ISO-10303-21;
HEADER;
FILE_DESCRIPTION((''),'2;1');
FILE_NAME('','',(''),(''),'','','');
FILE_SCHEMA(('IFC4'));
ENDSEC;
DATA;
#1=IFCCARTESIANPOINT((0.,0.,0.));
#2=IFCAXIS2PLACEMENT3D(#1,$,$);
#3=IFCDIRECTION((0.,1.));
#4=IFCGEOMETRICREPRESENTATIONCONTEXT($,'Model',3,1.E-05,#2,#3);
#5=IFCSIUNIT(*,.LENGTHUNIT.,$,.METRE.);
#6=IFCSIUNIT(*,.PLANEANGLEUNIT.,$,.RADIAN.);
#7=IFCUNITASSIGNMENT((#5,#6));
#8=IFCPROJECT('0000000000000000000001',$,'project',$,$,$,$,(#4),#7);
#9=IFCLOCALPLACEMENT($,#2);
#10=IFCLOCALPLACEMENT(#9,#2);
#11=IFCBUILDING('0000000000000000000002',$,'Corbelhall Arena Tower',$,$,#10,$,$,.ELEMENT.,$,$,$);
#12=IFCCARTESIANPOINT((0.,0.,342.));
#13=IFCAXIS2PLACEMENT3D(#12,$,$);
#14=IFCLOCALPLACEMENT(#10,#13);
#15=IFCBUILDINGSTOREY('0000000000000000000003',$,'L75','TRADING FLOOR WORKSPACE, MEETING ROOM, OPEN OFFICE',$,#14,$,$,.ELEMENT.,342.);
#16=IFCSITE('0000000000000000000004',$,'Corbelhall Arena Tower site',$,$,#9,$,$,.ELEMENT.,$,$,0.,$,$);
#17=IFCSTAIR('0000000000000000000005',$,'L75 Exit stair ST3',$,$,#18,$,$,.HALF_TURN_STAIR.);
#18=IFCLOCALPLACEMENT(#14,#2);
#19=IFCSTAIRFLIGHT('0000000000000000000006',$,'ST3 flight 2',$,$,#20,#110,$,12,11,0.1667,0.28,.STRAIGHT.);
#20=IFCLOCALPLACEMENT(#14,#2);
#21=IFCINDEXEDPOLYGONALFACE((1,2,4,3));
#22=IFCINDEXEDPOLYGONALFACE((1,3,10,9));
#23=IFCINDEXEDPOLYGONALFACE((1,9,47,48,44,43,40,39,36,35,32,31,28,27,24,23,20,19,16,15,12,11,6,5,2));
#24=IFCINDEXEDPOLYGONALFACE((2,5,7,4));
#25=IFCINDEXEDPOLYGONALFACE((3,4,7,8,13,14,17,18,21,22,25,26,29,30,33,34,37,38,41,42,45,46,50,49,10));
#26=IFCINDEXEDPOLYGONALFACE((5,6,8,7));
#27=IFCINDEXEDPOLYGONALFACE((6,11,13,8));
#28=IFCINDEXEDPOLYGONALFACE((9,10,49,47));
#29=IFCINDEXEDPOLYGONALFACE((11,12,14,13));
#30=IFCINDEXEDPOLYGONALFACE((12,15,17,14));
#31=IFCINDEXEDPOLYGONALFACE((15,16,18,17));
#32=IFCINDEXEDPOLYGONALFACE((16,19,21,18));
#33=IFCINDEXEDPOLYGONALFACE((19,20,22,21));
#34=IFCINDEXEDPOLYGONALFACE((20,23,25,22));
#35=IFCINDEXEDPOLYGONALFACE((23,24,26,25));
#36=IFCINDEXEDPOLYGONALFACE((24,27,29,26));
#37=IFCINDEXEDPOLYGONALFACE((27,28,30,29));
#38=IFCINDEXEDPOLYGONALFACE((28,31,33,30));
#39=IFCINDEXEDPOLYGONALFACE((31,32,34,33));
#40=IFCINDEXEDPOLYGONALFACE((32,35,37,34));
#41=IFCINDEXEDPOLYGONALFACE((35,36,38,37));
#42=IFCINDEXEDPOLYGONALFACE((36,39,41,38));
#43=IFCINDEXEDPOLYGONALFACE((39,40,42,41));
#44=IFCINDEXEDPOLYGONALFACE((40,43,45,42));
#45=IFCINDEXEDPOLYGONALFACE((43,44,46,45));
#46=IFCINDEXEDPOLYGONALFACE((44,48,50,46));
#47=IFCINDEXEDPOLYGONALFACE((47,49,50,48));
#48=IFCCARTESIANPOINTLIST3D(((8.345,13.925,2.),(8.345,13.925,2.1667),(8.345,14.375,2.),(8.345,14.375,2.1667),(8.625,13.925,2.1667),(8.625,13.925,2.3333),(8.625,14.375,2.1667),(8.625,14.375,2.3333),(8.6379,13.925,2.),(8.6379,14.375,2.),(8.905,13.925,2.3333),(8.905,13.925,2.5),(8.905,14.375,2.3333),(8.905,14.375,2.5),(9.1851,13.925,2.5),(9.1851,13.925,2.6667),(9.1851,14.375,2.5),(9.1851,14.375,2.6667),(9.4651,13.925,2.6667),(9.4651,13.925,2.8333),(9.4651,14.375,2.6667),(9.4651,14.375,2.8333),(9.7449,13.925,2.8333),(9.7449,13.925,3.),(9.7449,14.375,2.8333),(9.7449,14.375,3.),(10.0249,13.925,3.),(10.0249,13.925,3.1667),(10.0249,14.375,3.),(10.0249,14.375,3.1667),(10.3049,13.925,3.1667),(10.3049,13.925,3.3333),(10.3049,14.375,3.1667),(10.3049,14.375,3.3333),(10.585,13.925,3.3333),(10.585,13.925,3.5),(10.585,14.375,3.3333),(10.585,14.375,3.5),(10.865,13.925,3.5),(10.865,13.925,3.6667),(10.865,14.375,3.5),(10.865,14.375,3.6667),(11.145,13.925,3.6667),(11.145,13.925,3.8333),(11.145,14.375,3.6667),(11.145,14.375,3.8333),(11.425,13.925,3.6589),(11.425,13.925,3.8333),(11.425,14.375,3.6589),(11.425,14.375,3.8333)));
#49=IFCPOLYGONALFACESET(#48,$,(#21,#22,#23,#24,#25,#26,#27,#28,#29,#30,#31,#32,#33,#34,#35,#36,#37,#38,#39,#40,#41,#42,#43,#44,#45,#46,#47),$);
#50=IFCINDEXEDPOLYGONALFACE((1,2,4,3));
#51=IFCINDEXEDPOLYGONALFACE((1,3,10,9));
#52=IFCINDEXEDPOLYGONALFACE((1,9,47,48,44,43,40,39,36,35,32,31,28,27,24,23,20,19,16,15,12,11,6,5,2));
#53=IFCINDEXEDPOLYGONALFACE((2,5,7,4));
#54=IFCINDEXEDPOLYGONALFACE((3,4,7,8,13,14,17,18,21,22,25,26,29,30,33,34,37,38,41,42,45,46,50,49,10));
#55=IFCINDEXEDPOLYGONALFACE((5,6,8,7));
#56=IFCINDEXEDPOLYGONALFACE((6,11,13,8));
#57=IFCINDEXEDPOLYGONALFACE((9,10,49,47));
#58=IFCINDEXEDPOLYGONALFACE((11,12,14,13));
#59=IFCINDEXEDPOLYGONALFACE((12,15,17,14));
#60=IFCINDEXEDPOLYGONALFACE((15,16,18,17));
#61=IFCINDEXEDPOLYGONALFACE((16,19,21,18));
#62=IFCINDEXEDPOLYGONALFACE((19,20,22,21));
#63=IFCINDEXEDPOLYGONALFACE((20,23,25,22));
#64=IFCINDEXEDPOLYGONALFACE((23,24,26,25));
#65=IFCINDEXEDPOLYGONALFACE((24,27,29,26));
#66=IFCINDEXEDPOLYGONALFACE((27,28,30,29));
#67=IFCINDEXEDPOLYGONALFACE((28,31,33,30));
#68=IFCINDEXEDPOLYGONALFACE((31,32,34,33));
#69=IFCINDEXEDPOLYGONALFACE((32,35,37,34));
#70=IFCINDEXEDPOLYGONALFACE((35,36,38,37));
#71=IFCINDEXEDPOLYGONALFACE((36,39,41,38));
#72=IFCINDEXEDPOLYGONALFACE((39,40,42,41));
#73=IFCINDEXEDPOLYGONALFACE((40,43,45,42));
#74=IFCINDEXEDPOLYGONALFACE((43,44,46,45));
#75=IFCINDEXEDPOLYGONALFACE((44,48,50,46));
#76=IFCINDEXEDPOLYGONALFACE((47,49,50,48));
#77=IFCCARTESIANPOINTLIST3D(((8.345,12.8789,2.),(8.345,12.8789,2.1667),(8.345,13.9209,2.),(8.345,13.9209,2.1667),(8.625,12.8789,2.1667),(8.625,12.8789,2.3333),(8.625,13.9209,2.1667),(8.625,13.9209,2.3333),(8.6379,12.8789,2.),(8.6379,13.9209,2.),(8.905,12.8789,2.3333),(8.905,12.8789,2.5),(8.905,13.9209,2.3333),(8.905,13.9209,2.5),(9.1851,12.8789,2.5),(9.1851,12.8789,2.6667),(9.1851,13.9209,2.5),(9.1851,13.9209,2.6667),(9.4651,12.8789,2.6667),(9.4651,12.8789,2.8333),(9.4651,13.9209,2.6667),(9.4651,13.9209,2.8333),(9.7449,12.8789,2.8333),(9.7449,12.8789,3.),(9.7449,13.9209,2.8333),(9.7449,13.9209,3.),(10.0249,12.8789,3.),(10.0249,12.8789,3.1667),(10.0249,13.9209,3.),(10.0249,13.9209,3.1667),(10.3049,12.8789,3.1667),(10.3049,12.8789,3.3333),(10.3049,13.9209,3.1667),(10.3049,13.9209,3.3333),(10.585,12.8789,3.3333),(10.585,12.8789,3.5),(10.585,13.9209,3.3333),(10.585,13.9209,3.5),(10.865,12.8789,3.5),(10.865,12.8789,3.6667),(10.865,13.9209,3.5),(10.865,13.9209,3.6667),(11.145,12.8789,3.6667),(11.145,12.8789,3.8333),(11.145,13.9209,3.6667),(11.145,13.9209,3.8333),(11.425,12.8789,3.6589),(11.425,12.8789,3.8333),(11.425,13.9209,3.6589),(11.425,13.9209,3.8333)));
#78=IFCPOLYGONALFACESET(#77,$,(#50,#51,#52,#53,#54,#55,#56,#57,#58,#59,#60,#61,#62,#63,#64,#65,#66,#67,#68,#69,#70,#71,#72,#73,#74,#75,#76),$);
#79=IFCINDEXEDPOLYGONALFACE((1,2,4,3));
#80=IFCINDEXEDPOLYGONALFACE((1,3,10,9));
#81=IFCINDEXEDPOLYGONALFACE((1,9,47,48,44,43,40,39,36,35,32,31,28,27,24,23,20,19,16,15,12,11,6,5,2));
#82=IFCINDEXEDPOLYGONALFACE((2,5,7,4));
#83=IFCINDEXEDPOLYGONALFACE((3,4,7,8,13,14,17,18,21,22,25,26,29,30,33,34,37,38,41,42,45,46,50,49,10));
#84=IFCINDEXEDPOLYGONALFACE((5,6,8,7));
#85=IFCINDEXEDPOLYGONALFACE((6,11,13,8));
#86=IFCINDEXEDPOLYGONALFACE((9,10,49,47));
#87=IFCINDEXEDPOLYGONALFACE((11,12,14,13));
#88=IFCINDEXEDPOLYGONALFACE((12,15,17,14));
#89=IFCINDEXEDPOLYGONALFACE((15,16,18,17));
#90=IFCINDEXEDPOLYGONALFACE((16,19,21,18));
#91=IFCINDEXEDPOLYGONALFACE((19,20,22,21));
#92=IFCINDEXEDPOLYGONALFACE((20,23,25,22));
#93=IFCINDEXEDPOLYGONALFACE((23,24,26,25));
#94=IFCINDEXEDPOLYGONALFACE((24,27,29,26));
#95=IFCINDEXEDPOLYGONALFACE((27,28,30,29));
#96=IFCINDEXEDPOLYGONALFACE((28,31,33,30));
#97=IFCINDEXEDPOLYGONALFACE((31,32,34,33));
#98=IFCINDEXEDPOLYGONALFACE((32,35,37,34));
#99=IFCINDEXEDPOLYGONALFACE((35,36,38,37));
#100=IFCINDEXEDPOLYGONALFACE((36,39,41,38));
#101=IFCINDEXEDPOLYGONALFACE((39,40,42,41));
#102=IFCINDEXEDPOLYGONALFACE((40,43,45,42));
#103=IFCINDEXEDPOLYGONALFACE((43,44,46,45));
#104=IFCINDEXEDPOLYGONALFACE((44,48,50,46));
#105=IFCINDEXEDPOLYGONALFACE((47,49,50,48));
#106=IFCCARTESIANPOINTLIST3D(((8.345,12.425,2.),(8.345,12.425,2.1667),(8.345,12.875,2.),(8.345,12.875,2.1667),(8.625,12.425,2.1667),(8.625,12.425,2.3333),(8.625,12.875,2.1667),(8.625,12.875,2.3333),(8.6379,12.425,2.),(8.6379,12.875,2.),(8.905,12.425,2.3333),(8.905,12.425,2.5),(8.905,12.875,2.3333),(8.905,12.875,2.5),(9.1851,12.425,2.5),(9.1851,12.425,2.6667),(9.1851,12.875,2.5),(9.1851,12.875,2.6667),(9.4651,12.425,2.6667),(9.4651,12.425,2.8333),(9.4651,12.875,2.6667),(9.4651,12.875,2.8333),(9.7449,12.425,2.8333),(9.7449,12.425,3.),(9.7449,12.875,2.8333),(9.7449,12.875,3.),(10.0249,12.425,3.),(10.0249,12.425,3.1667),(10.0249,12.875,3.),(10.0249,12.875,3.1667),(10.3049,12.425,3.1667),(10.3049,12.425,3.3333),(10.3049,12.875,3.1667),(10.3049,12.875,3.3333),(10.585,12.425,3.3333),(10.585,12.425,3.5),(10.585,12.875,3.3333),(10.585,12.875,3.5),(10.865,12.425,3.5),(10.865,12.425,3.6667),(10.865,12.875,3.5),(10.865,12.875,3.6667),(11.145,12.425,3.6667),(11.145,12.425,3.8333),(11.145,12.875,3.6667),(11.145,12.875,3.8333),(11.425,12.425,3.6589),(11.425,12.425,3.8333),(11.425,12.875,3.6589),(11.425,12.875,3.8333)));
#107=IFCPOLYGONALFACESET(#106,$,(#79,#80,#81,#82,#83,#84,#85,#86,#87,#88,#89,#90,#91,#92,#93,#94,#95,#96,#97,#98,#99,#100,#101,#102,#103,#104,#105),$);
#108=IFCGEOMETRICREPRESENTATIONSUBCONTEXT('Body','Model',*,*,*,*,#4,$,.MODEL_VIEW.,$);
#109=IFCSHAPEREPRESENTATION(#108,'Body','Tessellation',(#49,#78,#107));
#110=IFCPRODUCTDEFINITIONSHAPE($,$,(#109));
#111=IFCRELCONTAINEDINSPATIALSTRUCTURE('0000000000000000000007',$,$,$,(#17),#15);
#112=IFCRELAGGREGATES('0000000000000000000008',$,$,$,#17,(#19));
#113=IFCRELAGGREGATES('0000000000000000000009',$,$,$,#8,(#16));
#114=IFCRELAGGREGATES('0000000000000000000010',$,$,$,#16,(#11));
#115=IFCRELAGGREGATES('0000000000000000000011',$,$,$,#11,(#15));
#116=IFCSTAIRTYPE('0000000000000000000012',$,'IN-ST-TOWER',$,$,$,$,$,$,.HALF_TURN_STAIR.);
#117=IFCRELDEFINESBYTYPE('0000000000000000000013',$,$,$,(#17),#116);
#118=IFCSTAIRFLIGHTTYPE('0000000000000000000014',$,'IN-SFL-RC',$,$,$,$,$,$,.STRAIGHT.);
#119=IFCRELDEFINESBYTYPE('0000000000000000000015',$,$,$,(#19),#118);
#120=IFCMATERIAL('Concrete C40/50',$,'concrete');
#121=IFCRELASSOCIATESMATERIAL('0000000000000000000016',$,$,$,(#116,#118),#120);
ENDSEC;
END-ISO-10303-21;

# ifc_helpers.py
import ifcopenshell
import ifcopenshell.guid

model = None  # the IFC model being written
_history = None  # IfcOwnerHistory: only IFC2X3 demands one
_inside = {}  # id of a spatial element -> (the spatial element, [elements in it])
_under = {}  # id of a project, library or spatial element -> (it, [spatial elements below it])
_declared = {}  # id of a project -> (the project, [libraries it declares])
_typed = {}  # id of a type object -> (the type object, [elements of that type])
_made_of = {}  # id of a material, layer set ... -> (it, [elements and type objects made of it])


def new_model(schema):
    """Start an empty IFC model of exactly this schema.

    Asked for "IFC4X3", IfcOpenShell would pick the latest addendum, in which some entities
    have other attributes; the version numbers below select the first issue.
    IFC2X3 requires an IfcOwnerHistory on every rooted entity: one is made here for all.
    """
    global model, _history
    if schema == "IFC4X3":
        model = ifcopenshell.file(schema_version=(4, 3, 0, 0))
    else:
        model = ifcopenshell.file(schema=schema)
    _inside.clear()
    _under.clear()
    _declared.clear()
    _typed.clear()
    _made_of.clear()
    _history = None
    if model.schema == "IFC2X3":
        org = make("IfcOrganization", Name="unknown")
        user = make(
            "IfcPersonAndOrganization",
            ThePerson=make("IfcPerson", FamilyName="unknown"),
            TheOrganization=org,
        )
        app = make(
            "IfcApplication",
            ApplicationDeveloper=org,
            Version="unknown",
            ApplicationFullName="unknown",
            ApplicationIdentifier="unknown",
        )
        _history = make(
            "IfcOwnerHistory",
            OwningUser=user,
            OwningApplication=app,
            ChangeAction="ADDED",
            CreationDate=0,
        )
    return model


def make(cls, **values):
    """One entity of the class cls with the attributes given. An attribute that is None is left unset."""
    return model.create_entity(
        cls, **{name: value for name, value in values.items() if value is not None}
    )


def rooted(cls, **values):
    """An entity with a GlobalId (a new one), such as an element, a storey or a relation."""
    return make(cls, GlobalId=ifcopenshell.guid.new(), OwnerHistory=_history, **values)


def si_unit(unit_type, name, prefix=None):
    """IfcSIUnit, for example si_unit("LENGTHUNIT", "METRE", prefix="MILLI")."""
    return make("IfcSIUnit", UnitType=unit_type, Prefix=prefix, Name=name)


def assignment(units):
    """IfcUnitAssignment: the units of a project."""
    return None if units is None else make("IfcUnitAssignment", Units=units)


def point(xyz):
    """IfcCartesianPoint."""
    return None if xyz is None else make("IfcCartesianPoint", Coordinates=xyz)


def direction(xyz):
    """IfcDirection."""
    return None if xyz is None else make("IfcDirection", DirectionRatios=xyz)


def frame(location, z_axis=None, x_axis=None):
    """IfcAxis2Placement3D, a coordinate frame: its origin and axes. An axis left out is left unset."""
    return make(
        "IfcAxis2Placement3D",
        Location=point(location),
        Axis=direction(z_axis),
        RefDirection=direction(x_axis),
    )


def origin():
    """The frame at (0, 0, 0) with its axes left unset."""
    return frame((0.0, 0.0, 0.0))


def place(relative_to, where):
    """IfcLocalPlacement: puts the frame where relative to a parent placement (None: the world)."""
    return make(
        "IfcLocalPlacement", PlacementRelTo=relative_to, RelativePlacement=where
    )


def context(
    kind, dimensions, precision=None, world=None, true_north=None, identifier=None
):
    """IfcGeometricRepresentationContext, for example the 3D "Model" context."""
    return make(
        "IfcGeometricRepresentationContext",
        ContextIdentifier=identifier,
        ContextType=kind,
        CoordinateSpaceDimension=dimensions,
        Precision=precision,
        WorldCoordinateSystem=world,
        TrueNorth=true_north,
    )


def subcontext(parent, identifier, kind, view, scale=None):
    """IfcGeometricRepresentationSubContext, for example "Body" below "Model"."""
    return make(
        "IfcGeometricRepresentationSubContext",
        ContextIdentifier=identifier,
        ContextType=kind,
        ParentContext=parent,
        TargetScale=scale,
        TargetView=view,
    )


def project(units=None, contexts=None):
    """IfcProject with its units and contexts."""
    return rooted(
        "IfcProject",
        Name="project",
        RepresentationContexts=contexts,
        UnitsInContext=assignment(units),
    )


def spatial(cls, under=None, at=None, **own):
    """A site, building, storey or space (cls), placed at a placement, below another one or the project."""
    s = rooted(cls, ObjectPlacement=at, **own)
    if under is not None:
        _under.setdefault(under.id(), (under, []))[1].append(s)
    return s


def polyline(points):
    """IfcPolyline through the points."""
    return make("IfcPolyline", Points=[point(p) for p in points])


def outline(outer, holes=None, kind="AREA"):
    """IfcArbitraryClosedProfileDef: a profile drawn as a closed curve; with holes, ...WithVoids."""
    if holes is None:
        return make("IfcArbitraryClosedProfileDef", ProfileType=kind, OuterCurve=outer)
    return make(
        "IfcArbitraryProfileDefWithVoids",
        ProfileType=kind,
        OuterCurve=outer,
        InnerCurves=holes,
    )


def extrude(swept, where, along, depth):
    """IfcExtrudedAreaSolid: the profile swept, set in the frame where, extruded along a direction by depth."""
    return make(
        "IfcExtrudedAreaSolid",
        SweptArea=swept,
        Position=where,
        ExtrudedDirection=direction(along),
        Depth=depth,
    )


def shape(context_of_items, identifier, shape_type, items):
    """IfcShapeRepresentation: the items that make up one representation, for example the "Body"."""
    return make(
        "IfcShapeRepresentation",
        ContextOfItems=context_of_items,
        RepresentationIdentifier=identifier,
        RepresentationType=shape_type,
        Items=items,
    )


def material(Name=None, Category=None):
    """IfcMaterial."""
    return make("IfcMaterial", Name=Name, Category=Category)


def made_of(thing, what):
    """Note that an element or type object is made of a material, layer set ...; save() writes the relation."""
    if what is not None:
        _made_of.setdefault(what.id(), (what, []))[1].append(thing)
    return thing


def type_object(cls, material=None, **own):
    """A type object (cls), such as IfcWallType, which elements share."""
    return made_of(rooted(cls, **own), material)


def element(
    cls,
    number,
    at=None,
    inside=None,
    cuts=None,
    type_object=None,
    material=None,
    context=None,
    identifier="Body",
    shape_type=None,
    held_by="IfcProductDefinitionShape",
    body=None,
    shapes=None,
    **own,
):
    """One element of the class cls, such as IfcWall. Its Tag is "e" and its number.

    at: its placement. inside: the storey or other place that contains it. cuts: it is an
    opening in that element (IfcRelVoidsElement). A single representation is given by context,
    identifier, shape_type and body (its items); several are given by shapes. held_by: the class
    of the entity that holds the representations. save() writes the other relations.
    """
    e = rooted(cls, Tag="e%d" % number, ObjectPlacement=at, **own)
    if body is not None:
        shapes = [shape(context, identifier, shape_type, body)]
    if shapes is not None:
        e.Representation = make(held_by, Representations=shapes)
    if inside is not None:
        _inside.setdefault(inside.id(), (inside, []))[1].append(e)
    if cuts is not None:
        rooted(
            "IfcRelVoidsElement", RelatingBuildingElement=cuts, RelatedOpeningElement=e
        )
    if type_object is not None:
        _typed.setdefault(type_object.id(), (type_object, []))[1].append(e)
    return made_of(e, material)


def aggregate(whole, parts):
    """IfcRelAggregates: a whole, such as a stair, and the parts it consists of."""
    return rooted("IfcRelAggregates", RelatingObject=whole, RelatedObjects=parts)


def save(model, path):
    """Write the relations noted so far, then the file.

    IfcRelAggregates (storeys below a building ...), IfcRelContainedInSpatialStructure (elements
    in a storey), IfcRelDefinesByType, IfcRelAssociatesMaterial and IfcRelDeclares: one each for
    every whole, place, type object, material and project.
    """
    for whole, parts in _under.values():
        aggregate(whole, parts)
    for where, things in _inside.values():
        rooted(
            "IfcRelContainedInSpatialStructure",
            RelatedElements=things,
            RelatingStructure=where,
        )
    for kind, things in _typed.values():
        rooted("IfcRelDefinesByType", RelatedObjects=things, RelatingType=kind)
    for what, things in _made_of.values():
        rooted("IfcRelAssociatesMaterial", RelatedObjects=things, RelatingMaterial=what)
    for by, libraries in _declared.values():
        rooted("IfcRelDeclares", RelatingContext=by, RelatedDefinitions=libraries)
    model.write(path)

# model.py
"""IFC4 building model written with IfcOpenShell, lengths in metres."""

from ifc_helpers import new_model, si_unit, direction, frame, origin, place, context, subcontext, project, spatial, polyline, outline, extrude, material, type_object, element, aggregate, save


model = new_model("IFC4")

# Units and contexts
model_context = context("Model", 3, precision=1e-05, world=origin(), true_north=direction((0.0, 1.0)))
body_context = subcontext(model_context, "Body", "Model", "MODEL_VIEW")
ifc_project = project(units=[si_unit("LENGTHUNIT", "METRE"), si_unit("PLANEANGLEUNIT", "RADIAN")], contexts=[model_context])

# Site, building, storey
site_placement = place(None, origin())
site = spatial("IfcSite", under=ifc_project, at=site_placement, Name="Corbelhall Arena Tower site", CompositionType="ELEMENT", RefElevation=0.0)
building_placement = place(site_placement, origin())
building = spatial("IfcBuilding", under=site, at=building_placement, Name="Corbelhall Arena Tower", CompositionType="ELEMENT")
storey_placement = place(building_placement, frame((0.0, 0.0, 342.0)))
storey = spatial("IfcBuildingStorey", under=building, at=storey_placement, Name="L75", Description="TRADING FLOOR WORKSPACE, MEETING ROOM, OPEN OFFICE", CompositionType="ELEMENT", Elevation=342.0)

# Shared definitions
ifc_material_1 = material(Name="Concrete C40/50", Category="concrete")
stair_type = type_object("IfcStairType", Name="IN-ST-TOWER", PredefinedType="HALF_TURN_STAIR", material=ifc_material_1)

# Stair, stair flight
stair_1_placement = place(storey_placement, origin())
stair_1 = element("IfcStair", 1, at=stair_1_placement, inside=storey, type_object=stair_type, Name="L75 Exit stair ST3", PredefinedType="HALF_TURN_STAIR")
stair_flight_type = type_object("IfcStairFlightType", Name="IN-SFL-RC", PredefinedType="STRAIGHT", material=ifc_material_1)
stair_flight_placement = place(storey_placement, frame((8.345, 13.3999, 2.0), z_axis=(0.0, 0.0, 1.0), x_axis=(1.0, 0.0, 0.0)))
stair_flight = element("IfcStairFlight", 2, at=stair_flight_placement, type_object=stair_flight_type, Name="ST3 flight 2", NumberOfRisers=12, NumberOfTreads=11, PredefinedType="STRAIGHT", RiserHeight=0.1667, TreadLength=0.28, context=body_context, shape_type="SweptSolid", body=[
    extrude(outline(polyline([(0.0, 0.0), (0.0, 0.1667), (0.28, 0.1667), (0.28, 0.3333), (0.5601, 0.3333), (0.5601, 0.5), (0.8401, 0.5), (0.8401, 0.6667), (1.1201, 0.6667), (1.1201, 0.8333), (1.3999, 0.8333), (1.3999, 1.0), (1.6799, 1.0), (1.6799, 1.1667), (1.96, 1.1667), (1.96, 1.3333), (2.24, 1.3333), (2.24, 1.5), (2.52, 1.5), (2.52, 1.6667), (2.8, 1.6667), (2.8, 1.8333), (3.0801, 1.8333), (3.0801, 2.0), (3.0801, 1.6589), (0.293, 0.0), (0.0, 0.0)])), frame((0.0, 0.9751, 0.0), z_axis=(0.0, -1.0, 0.0), x_axis=(1.0, 0.0, 0.0)), (0.0, 0.0, 1.0), 0.45),
    extrude(outline(polyline([(0.0, 0.0), (0.0, 0.1667), (0.28, 0.1667), (0.28, 0.3333), (0.5601, 0.3333), (0.5601, 0.5), (0.8401, 0.5), (0.8401, 0.6667), (1.1201, 0.6667), (1.1201, 0.8333), (1.3999, 0.8333), (1.3999, 1.0), (1.6799, 1.0), (1.6799, 1.1667), (1.96, 1.1667), (1.96, 1.3333), (2.24, 1.3333), (2.24, 1.5), (2.52, 1.5), (2.52, 1.6667), (2.8, 1.6667), (2.8, 1.8333), (3.0801, 1.8333), (3.0801, 2.0), (3.0801, 1.6589), (0.293, 0.0), (0.0, 0.0)])), frame((0.0, 0.521, 0.0), z_axis=(0.0, -1.0, 0.0), x_axis=(1.0, 0.0, 0.0)), (0.0, 0.0, 1.0), 1.042),
    extrude(outline(polyline([(0.0, 0.0), (0.0, 0.1667), (0.28, 0.1667), (0.28, 0.3333), (0.5601, 0.3333), (0.5601, 0.5), (0.8401, 0.5), (0.8401, 0.6667), (1.1201, 0.6667), (1.1201, 0.8333), (1.3999, 0.8333), (1.3999, 1.0), (1.6799, 1.0), (1.6799, 1.1667), (1.96, 1.1667), (1.96, 1.3333), (2.24, 1.3333), (2.24, 1.5), (2.52, 1.5), (2.52, 1.6667), (2.8, 1.6667), (2.8, 1.8333), (3.0801, 1.8333), (3.0801, 2.0), (3.0801, 1.6589), (0.293, 0.0), (0.0, 0.0)])), frame((0.0, -0.5249, 0.0), z_axis=(0.0, -1.0, 0.0), x_axis=(1.0, 0.0, 0.0)), (0.0, 0.0, 1.0), 0.45),
])
aggregate(stair_1, [stair_flight])

save(model, "model.ifc")
